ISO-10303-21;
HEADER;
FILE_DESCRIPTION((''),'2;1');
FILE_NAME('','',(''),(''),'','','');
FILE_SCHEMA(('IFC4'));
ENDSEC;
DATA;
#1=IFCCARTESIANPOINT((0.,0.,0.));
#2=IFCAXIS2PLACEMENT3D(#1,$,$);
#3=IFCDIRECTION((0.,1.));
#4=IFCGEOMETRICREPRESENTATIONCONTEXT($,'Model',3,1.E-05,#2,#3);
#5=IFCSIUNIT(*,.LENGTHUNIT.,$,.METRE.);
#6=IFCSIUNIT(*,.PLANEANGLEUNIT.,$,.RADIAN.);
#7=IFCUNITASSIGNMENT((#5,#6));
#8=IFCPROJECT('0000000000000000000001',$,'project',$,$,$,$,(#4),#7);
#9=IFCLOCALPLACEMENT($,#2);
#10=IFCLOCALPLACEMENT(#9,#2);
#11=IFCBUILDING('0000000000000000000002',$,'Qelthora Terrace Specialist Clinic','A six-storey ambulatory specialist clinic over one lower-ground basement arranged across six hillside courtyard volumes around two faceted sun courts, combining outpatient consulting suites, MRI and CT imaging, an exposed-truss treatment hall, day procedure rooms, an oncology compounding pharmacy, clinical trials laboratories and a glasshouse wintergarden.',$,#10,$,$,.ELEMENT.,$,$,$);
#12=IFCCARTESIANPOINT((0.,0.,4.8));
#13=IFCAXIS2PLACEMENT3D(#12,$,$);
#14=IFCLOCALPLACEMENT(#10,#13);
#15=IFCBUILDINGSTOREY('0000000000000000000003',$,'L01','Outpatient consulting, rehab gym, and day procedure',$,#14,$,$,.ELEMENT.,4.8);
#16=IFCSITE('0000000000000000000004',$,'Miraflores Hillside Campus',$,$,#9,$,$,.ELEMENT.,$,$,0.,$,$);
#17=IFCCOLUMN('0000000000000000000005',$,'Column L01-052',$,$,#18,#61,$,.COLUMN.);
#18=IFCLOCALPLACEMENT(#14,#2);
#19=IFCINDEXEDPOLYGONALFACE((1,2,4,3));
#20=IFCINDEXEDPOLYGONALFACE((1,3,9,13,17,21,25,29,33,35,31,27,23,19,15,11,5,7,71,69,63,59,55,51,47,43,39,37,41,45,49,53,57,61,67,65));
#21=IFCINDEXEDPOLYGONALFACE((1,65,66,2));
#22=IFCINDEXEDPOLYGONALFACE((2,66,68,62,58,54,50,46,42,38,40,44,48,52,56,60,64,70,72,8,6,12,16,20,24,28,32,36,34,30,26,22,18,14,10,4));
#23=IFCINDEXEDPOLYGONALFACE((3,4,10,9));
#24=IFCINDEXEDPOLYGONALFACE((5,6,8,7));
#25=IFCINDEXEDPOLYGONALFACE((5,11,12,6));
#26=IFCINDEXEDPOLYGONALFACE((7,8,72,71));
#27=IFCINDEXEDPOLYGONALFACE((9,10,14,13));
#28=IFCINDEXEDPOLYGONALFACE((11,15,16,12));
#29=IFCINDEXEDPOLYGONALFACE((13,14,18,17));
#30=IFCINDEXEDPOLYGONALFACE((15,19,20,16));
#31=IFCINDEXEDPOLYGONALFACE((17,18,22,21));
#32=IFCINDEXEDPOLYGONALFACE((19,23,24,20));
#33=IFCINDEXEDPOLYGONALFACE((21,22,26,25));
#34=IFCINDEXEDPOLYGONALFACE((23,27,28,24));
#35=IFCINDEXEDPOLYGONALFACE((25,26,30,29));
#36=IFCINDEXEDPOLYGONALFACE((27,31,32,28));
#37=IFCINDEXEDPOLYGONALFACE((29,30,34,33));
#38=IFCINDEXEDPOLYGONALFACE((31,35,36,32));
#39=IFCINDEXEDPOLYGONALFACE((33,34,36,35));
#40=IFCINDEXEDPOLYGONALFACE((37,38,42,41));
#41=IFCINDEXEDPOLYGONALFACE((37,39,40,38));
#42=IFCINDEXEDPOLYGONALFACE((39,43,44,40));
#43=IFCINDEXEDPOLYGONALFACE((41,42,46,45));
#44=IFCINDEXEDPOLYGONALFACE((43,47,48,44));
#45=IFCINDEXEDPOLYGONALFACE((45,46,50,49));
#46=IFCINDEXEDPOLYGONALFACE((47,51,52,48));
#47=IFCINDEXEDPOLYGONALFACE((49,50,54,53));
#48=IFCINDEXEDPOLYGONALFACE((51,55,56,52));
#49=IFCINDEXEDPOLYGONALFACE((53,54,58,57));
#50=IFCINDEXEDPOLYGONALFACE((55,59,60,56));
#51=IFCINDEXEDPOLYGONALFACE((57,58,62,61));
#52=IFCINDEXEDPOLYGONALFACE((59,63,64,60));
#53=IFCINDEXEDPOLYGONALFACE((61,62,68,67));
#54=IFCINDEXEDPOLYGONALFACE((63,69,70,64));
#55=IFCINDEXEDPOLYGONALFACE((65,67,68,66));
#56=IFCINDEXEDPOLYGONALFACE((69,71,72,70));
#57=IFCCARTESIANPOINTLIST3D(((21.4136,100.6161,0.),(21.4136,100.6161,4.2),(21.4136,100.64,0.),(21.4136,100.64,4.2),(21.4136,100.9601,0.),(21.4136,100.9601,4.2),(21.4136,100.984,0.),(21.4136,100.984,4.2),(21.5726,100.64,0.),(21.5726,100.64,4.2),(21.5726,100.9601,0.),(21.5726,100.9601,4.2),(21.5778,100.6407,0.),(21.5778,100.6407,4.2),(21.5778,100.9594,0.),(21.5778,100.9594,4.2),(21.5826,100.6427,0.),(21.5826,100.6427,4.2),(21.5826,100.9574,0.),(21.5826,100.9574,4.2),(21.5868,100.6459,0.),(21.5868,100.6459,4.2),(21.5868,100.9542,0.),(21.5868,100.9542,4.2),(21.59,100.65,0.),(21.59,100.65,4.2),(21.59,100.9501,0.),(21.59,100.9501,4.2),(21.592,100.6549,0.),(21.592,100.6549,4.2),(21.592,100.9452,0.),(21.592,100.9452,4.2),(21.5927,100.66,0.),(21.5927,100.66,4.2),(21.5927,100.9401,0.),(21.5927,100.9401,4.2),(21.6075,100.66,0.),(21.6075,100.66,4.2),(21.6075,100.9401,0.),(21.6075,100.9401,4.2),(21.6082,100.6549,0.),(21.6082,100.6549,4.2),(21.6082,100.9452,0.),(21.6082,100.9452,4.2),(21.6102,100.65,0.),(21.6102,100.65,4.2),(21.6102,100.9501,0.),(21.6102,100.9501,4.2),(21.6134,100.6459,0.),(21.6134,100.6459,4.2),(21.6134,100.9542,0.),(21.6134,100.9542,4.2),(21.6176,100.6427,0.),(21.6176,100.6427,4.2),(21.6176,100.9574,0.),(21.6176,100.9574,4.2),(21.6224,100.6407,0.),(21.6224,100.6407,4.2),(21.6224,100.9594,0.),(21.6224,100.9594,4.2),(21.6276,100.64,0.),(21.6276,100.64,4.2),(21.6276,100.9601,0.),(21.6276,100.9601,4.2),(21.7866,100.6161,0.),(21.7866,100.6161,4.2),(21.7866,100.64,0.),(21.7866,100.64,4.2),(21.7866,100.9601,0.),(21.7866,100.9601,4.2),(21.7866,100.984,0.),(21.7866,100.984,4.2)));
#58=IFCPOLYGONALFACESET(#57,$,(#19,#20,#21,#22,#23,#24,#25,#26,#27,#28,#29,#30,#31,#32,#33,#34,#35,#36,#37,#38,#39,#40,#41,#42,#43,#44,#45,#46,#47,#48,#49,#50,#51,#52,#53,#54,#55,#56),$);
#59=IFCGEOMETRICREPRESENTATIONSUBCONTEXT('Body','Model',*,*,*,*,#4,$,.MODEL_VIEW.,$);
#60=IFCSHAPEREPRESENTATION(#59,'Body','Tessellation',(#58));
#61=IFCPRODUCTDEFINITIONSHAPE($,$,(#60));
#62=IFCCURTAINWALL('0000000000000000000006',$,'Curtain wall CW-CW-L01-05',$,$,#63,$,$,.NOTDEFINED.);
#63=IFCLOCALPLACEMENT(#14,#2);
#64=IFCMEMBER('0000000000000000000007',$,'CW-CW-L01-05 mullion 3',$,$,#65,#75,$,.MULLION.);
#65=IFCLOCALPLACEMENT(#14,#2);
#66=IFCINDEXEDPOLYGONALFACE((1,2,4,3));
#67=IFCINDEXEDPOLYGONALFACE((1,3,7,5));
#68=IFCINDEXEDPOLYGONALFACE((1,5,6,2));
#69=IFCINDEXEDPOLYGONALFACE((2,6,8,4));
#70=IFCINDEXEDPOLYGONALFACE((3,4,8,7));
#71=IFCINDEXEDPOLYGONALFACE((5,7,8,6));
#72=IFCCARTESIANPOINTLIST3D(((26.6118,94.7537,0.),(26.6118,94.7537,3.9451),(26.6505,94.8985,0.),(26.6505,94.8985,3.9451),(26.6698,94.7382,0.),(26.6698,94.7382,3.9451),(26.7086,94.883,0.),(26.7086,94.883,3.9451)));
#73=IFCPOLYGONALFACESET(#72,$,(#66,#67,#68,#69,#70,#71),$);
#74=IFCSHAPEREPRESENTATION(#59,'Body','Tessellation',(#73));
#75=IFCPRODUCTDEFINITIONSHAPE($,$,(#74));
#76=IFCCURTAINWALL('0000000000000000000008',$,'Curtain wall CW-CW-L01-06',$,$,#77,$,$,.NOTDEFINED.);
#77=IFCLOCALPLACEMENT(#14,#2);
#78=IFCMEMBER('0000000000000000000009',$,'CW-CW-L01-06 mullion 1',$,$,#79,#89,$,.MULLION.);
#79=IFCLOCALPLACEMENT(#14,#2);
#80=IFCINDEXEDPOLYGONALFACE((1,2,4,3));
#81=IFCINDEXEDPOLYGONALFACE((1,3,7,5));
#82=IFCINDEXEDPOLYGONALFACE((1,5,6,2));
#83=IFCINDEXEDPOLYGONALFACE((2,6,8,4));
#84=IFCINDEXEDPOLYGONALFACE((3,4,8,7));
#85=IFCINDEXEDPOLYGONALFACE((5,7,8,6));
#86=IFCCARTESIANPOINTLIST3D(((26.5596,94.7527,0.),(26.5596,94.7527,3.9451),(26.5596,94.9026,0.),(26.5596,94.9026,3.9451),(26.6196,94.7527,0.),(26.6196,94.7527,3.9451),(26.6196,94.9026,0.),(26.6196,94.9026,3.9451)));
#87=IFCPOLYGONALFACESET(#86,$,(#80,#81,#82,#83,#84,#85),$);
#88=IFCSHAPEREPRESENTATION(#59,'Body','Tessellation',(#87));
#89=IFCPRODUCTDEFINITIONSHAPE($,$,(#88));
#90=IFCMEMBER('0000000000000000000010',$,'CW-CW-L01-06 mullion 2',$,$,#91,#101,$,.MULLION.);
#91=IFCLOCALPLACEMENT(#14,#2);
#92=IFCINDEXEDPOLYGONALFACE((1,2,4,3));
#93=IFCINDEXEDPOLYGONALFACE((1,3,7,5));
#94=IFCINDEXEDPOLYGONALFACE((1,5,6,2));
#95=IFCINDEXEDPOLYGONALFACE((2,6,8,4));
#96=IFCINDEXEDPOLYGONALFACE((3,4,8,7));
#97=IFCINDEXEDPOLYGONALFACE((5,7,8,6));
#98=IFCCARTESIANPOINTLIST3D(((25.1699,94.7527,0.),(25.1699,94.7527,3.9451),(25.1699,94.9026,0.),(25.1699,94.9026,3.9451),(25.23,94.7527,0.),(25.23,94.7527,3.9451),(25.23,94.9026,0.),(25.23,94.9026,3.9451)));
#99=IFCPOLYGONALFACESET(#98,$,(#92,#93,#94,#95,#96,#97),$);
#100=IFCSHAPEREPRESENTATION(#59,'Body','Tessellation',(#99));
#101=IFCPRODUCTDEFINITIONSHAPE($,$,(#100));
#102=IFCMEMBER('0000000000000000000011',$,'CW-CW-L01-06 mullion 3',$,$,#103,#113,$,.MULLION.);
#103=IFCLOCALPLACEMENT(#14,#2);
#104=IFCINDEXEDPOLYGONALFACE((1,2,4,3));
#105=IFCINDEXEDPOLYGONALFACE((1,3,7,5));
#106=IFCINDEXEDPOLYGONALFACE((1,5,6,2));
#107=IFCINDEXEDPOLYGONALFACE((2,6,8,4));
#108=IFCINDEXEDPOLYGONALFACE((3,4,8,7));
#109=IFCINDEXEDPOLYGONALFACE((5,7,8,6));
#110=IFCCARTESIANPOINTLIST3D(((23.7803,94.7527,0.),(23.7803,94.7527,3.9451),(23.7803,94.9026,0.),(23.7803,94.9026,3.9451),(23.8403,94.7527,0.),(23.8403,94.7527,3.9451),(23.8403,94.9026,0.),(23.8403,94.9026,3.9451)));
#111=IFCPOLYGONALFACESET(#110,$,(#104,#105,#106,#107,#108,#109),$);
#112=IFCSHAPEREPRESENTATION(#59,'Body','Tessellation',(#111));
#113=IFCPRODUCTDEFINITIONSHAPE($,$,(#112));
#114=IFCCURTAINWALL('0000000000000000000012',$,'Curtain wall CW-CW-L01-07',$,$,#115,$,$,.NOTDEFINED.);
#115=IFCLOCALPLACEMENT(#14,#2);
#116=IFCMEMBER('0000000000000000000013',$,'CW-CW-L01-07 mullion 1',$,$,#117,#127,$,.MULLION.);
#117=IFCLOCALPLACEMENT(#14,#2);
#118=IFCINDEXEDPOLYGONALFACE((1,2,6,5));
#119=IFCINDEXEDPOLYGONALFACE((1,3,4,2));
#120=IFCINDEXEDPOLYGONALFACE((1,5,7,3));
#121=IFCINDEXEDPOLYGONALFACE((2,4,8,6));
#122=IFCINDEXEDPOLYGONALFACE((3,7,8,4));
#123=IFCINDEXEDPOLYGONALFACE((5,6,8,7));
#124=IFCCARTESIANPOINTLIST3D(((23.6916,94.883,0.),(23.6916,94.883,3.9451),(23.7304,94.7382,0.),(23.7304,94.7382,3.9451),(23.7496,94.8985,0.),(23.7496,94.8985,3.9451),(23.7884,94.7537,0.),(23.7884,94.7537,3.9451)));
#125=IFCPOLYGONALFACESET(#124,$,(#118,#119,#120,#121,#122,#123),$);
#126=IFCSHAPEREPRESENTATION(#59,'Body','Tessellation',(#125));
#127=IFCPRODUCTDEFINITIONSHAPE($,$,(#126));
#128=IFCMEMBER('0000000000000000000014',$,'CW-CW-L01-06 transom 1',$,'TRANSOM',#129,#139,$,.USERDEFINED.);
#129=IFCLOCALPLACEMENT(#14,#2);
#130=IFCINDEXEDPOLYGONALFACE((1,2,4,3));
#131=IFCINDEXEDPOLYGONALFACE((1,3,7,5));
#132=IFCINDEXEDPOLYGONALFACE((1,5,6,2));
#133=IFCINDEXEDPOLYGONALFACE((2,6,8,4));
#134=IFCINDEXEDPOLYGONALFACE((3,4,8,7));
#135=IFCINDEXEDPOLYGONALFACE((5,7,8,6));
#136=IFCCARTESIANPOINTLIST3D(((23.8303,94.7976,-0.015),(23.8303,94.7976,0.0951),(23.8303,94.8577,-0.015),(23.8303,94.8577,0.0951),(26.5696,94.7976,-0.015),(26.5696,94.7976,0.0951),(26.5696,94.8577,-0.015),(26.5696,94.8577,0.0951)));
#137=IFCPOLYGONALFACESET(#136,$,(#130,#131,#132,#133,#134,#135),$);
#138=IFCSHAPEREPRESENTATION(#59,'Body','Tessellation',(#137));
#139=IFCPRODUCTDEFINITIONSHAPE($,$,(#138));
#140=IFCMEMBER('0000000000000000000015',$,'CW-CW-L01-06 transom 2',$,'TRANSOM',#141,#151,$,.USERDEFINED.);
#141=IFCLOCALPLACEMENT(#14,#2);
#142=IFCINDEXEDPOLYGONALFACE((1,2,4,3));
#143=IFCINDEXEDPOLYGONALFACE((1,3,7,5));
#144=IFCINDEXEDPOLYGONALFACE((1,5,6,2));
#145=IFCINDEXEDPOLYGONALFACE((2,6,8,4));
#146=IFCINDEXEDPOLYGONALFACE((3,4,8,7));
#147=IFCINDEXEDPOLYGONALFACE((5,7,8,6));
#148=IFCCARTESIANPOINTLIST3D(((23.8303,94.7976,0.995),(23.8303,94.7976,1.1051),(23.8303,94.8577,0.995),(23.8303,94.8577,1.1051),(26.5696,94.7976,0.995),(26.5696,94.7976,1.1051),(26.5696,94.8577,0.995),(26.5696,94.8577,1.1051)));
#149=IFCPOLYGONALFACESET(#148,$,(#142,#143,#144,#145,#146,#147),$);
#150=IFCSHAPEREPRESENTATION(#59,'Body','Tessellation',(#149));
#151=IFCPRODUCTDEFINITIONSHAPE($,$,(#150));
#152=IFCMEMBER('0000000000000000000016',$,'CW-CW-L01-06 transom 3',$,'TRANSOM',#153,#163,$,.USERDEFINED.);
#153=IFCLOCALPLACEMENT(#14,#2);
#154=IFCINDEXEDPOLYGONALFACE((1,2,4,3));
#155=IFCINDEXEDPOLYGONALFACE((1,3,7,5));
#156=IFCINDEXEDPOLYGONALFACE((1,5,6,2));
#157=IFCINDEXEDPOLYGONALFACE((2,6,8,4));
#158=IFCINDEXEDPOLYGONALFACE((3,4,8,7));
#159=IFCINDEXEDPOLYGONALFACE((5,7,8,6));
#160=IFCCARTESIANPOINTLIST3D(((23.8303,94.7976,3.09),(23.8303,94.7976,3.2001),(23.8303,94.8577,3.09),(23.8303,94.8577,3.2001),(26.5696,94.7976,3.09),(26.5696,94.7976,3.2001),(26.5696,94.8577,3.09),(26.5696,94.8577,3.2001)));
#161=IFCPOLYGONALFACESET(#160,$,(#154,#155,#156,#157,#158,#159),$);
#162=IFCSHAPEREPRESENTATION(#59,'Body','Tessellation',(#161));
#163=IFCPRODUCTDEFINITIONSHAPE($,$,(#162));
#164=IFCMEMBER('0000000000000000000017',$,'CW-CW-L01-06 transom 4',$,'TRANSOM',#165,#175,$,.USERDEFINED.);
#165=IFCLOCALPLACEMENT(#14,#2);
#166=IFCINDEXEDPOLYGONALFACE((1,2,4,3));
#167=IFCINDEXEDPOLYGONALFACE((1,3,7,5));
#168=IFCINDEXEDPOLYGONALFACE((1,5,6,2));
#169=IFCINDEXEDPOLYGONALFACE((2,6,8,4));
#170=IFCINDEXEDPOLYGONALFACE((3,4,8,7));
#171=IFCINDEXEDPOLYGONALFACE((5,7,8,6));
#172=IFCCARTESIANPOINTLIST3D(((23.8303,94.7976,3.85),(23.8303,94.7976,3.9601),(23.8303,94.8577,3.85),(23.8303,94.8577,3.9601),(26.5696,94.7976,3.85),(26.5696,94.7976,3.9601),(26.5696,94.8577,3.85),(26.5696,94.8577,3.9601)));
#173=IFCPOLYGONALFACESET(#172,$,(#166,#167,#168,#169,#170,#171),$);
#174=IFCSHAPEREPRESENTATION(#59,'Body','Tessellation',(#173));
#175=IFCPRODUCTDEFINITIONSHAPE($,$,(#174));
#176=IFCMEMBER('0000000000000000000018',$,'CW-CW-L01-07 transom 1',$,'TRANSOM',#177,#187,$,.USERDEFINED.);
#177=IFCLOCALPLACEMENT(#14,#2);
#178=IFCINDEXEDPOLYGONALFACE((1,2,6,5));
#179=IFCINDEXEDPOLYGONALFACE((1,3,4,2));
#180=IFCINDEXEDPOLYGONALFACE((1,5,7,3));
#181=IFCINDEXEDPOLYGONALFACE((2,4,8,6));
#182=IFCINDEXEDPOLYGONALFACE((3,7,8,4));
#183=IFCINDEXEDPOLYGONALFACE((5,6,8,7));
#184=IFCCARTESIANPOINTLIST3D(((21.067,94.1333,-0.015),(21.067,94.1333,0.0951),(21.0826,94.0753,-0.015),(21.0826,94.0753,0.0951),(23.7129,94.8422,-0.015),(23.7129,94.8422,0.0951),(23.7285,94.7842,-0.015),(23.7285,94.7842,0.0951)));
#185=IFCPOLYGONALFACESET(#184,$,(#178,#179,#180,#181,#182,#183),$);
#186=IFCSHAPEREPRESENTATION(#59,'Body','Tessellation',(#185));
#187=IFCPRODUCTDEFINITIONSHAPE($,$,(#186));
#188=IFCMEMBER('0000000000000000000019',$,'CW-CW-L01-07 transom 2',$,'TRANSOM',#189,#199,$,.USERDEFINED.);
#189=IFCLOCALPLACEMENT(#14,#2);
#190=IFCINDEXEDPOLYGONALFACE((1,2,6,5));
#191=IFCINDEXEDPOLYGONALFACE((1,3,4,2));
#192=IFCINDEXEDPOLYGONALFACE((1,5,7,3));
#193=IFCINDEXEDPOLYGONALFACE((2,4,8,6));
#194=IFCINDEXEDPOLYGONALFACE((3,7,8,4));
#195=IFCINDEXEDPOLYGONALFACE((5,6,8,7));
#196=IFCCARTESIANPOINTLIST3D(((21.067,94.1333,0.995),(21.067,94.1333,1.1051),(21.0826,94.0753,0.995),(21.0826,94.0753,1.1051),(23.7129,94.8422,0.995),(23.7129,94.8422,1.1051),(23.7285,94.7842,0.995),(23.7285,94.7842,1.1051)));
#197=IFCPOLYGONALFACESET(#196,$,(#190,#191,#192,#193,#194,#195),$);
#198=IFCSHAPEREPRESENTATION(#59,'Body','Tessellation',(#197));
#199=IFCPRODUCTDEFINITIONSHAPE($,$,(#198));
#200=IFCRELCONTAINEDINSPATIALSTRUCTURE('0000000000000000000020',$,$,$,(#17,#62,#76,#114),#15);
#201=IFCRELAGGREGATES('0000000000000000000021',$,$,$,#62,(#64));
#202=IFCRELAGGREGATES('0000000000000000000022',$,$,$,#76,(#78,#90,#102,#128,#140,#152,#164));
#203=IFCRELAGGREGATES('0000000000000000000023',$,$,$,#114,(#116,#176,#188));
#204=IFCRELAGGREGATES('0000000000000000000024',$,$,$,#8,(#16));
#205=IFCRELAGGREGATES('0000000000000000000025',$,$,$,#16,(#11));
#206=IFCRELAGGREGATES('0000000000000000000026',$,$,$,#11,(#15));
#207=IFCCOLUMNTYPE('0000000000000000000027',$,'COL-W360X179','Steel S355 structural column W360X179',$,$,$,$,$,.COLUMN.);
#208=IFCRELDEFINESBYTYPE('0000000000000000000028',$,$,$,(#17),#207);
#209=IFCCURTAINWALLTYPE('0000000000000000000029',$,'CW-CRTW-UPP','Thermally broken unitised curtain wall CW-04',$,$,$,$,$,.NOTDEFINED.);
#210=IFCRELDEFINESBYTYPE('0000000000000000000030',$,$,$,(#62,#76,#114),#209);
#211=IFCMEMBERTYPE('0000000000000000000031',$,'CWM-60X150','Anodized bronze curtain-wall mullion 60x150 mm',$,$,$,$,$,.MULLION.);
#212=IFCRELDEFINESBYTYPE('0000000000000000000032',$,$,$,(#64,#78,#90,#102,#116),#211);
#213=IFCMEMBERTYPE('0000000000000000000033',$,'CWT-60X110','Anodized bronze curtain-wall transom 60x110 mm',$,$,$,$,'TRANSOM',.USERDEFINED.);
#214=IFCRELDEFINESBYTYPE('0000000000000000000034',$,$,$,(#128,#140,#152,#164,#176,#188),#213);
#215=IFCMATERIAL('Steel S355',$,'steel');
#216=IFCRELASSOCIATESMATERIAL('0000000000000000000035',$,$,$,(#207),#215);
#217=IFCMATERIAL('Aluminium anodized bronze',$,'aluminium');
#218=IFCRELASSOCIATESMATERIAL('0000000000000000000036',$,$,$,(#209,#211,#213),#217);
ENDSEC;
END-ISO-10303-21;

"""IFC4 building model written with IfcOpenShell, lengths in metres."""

from ifc_helpers import new_model, si_unit, direction, frame, origin, origin_2d, place, context, subcontext, project, spatial, rectangle, i_section, extrude, material, material_profile, profile_set, type_object, element, aggregate, save


model = new_model("IFC4")

# Units and contexts
model_context = context("Model", 3, precision=1e-05, world=origin(), true_north=direction((0.0, 1.0)))
body_context = subcontext(model_context, "Body", "Model", "MODEL_VIEW")
ifc_project = project(units=[si_unit("LENGTHUNIT", "METRE"), si_unit("PLANEANGLEUNIT", "RADIAN")], contexts=[model_context])

# Site, building, storey
site_placement = place(None, origin())
site = spatial("IfcSite", under=ifc_project, at=site_placement, Name="Miraflores Hillside Campus", CompositionType="ELEMENT", RefElevation=0.0)
building_placement = place(site_placement, origin())
building = spatial("IfcBuilding", under=site, at=building_placement, Name="Qelthora Terrace Specialist Clinic", Description="A six-storey ambulatory specialist clinic over one lower-ground basement arranged across six hillside courtyard volumes around two faceted sun courts, combining outpatient consulting suites, MRI and CT imaging, an exposed-truss treatment hall, day procedure rooms, an oncology compounding pharmacy, clinical trials laboratories and a glasshouse wintergarden.", CompositionType="ELEMENT")
storey_placement = place(building_placement, frame((0.0, 0.0, 4.8)))
storey = spatial("IfcBuildingStorey", under=building, at=storey_placement, Name="L01", Description="Outpatient consulting, rehab gym, and day procedure", CompositionType="ELEMENT", Elevation=4.8)

# Column
ifc_material_1 = material(Name="Steel S355", Category="steel")
ifc_material_profile_1 = material_profile(ifc_material_1, i_section(OverallWidth=0.373, OverallDepth=0.3679, WebThickness=0.0149, FlangeThickness=0.0239, FilletRadius=0.02, at=origin_2d()), Name="W360X179")
ifc_profile_set_1 = profile_set([ifc_material_profile_1], Name="Steel S355")
column_type = type_object("IfcColumnType", Name="COL-W360X179", Description="Steel S355 structural column W360X179", PredefinedType="COLUMN", material=ifc_profile_set_1)
column_placement = place(storey_placement, frame((21.6001, 100.8, 0.0), z_axis=(0.0, 0.0, 1.0), x_axis=(1.0, 0.0, 0.0)))
element("IfcColumn", 1, at=column_placement, inside=storey, type_object=column_type, Name="Column L01-052", PredefinedType="COLUMN", context=body_context, shape_type="SweptSolid", body=[
    extrude(i_section(OverallWidth=0.373, OverallDepth=0.3679, WebThickness=0.0149, FlangeThickness=0.0239, FilletRadius=0.02, at=origin_2d()), origin(), (0.0, 0.0, 1.0), 4.2),
])

# Curtain wall, member
ifc_material_2 = material(Name="Aluminium anodized bronze", Category="aluminium")
curtain_wall_type = type_object("IfcCurtainWallType", Name="CW-CRTW-UPP", Description="Thermally broken unitised curtain wall CW-04", PredefinedType="NOTDEFINED", material=ifc_material_2)
curtain_wall_1_placement = place(storey_placement, origin())
curtain_wall_1 = element("IfcCurtainWall", 2, at=curtain_wall_1_placement, inside=storey, type_object=curtain_wall_type, Name="Curtain wall CW-CW-L01-05", PredefinedType="NOTDEFINED")
ifc_material_profile_2 = material_profile(ifc_material_2, rectangle(XDim=0.0601, YDim=0.1499, at=origin_2d()), Name="CWM60X150")
ifc_profile_set_2 = profile_set([ifc_material_profile_2], Name="Aluminium anodized bronze")
member_type_1 = type_object("IfcMemberType", Name="CWM-60X150", Description="Anodized bronze curtain-wall mullion 60x150 mm", PredefinedType="MULLION", material=ifc_profile_set_2)
member_1_placement = place(storey_placement, frame((26.6602, 94.8184, 0.0), z_axis=(0.0, 0.0, 1.0), x_axis=(-0.965925, 0.25882, 0.0)))
member_1 = element("IfcMember", 3, at=member_1_placement, type_object=member_type_1, Name="CW-CW-L01-05 mullion 3", PredefinedType="MULLION", context=body_context, shape_type="SweptSolid", body=[
    extrude(rectangle(XDim=0.0601, YDim=0.1499, at=origin_2d()), origin(), (0.0, 0.0, 1.0), 3.9451),
])

# Curtain wall, members
curtain_wall_2_placement = place(storey_placement, origin())
curtain_wall_2 = element("IfcCurtainWall", 4, at=curtain_wall_2_placement, inside=storey, type_object=curtain_wall_type, Name="Curtain wall CW-CW-L01-06", PredefinedType="NOTDEFINED")
member_2_placement = place(storey_placement, frame((26.5896, 94.8276, 0.0), z_axis=(0.0, 0.0, 1.0), x_axis=(-1.0, 0.0, 0.0)))
member_2 = element("IfcMember", 5, at=member_2_placement, type_object=member_type_1, Name="CW-CW-L01-06 mullion 1", PredefinedType="MULLION", context=body_context, shape_type="SweptSolid", body=[
    extrude(rectangle(XDim=0.0601, YDim=0.1499, at=origin_2d()), origin(), (0.0, 0.0, 1.0), 3.9451),
])
member_3_placement = place(storey_placement, frame((25.2, 94.8276, 0.0), z_axis=(0.0, 0.0, 1.0), x_axis=(-1.0, 0.0, 0.0)))
member_3 = element("IfcMember", 6, at=member_3_placement, type_object=member_type_1, Name="CW-CW-L01-06 mullion 2", PredefinedType="MULLION", context=body_context, shape_type="SweptSolid", body=[
    extrude(rectangle(XDim=0.0601, YDim=0.1499, at=origin_2d()), origin(), (0.0, 0.0, 1.0), 3.9451),
])
member_4_placement = place(storey_placement, frame((23.8103, 94.8276, 0.0), z_axis=(0.0, 0.0, 1.0), x_axis=(-1.0, 0.0, 0.0)))
member_4 = element("IfcMember", 7, at=member_4_placement, type_object=member_type_1, Name="CW-CW-L01-06 mullion 3", PredefinedType="MULLION", context=body_context, shape_type="SweptSolid", body=[
    extrude(rectangle(XDim=0.0601, YDim=0.1499, at=origin_2d()), origin(), (0.0, 0.0, 1.0), 3.9451),
])

# Curtain wall, member
curtain_wall_3_placement = place(storey_placement, origin())
curtain_wall_3 = element("IfcCurtainWall", 8, at=curtain_wall_3_placement, inside=storey, type_object=curtain_wall_type, Name="Curtain wall CW-CW-L01-07", PredefinedType="NOTDEFINED")
member_5_placement = place(storey_placement, frame((23.74, 94.8184, 0.0), z_axis=(0.0, 0.0, 1.0), x_axis=(-0.965925, -0.25882, 0.0)))
member_5 = element("IfcMember", 9, at=member_5_placement, type_object=member_type_1, Name="CW-CW-L01-07 mullion 1", PredefinedType="MULLION", context=body_context, shape_type="SweptSolid", body=[
    extrude(rectangle(XDim=0.0601, YDim=0.1499, at=origin_2d()), origin(), (0.0, 0.0, 1.0), 3.9451),
])

# Members
ifc_material_profile_3 = material_profile(ifc_material_2, rectangle(XDim=0.0601, YDim=0.1101, at=origin_2d()), Name="CWT60X110")
ifc_profile_set_3 = profile_set([ifc_material_profile_3], Name="Aluminium anodized bronze")
member_type_2 = type_object("IfcMemberType", Name="CWT-60X110", Description="Anodized bronze curtain-wall transom 60x110 mm", ElementType="TRANSOM", PredefinedType="USERDEFINED", material=ifc_profile_set_3)
member_6_placement = place(storey_placement, frame((26.5696, 94.8276, 0.04), z_axis=(-1.0, 0.0, 0.0), x_axis=(0.0, -1.0, 0.0)))
member_6 = element("IfcMember", 10, at=member_6_placement, type_object=member_type_2, Name="CW-CW-L01-06 transom 1", ObjectType="TRANSOM", PredefinedType="USERDEFINED", context=body_context, shape_type="SweptSolid", body=[
    extrude(rectangle(XDim=0.0601, YDim=0.1101, at=origin_2d()), origin(), (0.0, 0.0, 1.0), 2.7393),
])
member_7_placement = place(storey_placement, frame((26.5696, 94.8276, 1.05), z_axis=(-1.0, 0.0, 0.0), x_axis=(0.0, -1.0, 0.0)))
member_7 = element("IfcMember", 11, at=member_7_placement, type_object=member_type_2, Name="CW-CW-L01-06 transom 2", ObjectType="TRANSOM", PredefinedType="USERDEFINED", context=body_context, shape_type="SweptSolid", body=[
    extrude(rectangle(XDim=0.0601, YDim=0.1101, at=origin_2d()), origin(), (0.0, 0.0, 1.0), 2.7393),
])
member_8_placement = place(storey_placement, frame((26.5696, 94.8276, 3.145), z_axis=(-1.0, 0.0, 0.0), x_axis=(0.0, -1.0, 0.0)))
member_8 = element("IfcMember", 12, at=member_8_placement, type_object=member_type_2, Name="CW-CW-L01-06 transom 3", ObjectType="TRANSOM", PredefinedType="USERDEFINED", context=body_context, shape_type="SweptSolid", body=[
    extrude(rectangle(XDim=0.0601, YDim=0.1101, at=origin_2d()), origin(), (0.0, 0.0, 1.0), 2.7393),
])
member_9_placement = place(storey_placement, frame((26.5696, 94.8276, 3.905), z_axis=(-1.0, 0.0, 0.0), x_axis=(0.0, -1.0, 0.0)))
member_9 = element("IfcMember", 13, at=member_9_placement, type_object=member_type_2, Name="CW-CW-L01-06 transom 4", ObjectType="TRANSOM", PredefinedType="USERDEFINED", context=body_context, shape_type="SweptSolid", body=[
    extrude(rectangle(XDim=0.0601, YDim=0.1101, at=origin_2d()), origin(), (0.0, 0.0, 1.0), 2.7393),
])
member_10_placement = place(storey_placement, frame((23.7207, 94.8132, 0.04), z_axis=(-0.965927, -0.258816, 0.0), x_axis=(0.258816, -0.965927, 0.0)))
member_10 = element("IfcMember", 14, at=member_10_placement, type_object=member_type_2, Name="CW-CW-L01-07 transom 1", ObjectType="TRANSOM", PredefinedType="USERDEFINED", context=body_context, shape_type="SweptSolid", body=[
    extrude(rectangle(XDim=0.0601, YDim=0.1101, at=origin_2d()), origin(), (0.0, 0.0, 1.0), 2.7393),
])
member_11_placement = place(storey_placement, frame((23.7207, 94.8132, 1.05), z_axis=(-0.965927, -0.258816, 0.0), x_axis=(0.258816, -0.965927, 0.0)))
member_11 = element("IfcMember", 15, at=member_11_placement, type_object=member_type_2, Name="CW-CW-L01-07 transom 2", ObjectType="TRANSOM", PredefinedType="USERDEFINED", context=body_context, shape_type="SweptSolid", body=[
    extrude(rectangle(XDim=0.0601, YDim=0.1101, at=origin_2d()), origin(), (0.0, 0.0, 1.0), 2.7393),
])

aggregate(curtain_wall_1, [member_1])
aggregate(curtain_wall_2, [member_2, member_3, member_4, member_6, member_7, member_8, member_9])
aggregate(curtain_wall_3, [member_5, member_10, member_11])

save(model, "model.ifc")
